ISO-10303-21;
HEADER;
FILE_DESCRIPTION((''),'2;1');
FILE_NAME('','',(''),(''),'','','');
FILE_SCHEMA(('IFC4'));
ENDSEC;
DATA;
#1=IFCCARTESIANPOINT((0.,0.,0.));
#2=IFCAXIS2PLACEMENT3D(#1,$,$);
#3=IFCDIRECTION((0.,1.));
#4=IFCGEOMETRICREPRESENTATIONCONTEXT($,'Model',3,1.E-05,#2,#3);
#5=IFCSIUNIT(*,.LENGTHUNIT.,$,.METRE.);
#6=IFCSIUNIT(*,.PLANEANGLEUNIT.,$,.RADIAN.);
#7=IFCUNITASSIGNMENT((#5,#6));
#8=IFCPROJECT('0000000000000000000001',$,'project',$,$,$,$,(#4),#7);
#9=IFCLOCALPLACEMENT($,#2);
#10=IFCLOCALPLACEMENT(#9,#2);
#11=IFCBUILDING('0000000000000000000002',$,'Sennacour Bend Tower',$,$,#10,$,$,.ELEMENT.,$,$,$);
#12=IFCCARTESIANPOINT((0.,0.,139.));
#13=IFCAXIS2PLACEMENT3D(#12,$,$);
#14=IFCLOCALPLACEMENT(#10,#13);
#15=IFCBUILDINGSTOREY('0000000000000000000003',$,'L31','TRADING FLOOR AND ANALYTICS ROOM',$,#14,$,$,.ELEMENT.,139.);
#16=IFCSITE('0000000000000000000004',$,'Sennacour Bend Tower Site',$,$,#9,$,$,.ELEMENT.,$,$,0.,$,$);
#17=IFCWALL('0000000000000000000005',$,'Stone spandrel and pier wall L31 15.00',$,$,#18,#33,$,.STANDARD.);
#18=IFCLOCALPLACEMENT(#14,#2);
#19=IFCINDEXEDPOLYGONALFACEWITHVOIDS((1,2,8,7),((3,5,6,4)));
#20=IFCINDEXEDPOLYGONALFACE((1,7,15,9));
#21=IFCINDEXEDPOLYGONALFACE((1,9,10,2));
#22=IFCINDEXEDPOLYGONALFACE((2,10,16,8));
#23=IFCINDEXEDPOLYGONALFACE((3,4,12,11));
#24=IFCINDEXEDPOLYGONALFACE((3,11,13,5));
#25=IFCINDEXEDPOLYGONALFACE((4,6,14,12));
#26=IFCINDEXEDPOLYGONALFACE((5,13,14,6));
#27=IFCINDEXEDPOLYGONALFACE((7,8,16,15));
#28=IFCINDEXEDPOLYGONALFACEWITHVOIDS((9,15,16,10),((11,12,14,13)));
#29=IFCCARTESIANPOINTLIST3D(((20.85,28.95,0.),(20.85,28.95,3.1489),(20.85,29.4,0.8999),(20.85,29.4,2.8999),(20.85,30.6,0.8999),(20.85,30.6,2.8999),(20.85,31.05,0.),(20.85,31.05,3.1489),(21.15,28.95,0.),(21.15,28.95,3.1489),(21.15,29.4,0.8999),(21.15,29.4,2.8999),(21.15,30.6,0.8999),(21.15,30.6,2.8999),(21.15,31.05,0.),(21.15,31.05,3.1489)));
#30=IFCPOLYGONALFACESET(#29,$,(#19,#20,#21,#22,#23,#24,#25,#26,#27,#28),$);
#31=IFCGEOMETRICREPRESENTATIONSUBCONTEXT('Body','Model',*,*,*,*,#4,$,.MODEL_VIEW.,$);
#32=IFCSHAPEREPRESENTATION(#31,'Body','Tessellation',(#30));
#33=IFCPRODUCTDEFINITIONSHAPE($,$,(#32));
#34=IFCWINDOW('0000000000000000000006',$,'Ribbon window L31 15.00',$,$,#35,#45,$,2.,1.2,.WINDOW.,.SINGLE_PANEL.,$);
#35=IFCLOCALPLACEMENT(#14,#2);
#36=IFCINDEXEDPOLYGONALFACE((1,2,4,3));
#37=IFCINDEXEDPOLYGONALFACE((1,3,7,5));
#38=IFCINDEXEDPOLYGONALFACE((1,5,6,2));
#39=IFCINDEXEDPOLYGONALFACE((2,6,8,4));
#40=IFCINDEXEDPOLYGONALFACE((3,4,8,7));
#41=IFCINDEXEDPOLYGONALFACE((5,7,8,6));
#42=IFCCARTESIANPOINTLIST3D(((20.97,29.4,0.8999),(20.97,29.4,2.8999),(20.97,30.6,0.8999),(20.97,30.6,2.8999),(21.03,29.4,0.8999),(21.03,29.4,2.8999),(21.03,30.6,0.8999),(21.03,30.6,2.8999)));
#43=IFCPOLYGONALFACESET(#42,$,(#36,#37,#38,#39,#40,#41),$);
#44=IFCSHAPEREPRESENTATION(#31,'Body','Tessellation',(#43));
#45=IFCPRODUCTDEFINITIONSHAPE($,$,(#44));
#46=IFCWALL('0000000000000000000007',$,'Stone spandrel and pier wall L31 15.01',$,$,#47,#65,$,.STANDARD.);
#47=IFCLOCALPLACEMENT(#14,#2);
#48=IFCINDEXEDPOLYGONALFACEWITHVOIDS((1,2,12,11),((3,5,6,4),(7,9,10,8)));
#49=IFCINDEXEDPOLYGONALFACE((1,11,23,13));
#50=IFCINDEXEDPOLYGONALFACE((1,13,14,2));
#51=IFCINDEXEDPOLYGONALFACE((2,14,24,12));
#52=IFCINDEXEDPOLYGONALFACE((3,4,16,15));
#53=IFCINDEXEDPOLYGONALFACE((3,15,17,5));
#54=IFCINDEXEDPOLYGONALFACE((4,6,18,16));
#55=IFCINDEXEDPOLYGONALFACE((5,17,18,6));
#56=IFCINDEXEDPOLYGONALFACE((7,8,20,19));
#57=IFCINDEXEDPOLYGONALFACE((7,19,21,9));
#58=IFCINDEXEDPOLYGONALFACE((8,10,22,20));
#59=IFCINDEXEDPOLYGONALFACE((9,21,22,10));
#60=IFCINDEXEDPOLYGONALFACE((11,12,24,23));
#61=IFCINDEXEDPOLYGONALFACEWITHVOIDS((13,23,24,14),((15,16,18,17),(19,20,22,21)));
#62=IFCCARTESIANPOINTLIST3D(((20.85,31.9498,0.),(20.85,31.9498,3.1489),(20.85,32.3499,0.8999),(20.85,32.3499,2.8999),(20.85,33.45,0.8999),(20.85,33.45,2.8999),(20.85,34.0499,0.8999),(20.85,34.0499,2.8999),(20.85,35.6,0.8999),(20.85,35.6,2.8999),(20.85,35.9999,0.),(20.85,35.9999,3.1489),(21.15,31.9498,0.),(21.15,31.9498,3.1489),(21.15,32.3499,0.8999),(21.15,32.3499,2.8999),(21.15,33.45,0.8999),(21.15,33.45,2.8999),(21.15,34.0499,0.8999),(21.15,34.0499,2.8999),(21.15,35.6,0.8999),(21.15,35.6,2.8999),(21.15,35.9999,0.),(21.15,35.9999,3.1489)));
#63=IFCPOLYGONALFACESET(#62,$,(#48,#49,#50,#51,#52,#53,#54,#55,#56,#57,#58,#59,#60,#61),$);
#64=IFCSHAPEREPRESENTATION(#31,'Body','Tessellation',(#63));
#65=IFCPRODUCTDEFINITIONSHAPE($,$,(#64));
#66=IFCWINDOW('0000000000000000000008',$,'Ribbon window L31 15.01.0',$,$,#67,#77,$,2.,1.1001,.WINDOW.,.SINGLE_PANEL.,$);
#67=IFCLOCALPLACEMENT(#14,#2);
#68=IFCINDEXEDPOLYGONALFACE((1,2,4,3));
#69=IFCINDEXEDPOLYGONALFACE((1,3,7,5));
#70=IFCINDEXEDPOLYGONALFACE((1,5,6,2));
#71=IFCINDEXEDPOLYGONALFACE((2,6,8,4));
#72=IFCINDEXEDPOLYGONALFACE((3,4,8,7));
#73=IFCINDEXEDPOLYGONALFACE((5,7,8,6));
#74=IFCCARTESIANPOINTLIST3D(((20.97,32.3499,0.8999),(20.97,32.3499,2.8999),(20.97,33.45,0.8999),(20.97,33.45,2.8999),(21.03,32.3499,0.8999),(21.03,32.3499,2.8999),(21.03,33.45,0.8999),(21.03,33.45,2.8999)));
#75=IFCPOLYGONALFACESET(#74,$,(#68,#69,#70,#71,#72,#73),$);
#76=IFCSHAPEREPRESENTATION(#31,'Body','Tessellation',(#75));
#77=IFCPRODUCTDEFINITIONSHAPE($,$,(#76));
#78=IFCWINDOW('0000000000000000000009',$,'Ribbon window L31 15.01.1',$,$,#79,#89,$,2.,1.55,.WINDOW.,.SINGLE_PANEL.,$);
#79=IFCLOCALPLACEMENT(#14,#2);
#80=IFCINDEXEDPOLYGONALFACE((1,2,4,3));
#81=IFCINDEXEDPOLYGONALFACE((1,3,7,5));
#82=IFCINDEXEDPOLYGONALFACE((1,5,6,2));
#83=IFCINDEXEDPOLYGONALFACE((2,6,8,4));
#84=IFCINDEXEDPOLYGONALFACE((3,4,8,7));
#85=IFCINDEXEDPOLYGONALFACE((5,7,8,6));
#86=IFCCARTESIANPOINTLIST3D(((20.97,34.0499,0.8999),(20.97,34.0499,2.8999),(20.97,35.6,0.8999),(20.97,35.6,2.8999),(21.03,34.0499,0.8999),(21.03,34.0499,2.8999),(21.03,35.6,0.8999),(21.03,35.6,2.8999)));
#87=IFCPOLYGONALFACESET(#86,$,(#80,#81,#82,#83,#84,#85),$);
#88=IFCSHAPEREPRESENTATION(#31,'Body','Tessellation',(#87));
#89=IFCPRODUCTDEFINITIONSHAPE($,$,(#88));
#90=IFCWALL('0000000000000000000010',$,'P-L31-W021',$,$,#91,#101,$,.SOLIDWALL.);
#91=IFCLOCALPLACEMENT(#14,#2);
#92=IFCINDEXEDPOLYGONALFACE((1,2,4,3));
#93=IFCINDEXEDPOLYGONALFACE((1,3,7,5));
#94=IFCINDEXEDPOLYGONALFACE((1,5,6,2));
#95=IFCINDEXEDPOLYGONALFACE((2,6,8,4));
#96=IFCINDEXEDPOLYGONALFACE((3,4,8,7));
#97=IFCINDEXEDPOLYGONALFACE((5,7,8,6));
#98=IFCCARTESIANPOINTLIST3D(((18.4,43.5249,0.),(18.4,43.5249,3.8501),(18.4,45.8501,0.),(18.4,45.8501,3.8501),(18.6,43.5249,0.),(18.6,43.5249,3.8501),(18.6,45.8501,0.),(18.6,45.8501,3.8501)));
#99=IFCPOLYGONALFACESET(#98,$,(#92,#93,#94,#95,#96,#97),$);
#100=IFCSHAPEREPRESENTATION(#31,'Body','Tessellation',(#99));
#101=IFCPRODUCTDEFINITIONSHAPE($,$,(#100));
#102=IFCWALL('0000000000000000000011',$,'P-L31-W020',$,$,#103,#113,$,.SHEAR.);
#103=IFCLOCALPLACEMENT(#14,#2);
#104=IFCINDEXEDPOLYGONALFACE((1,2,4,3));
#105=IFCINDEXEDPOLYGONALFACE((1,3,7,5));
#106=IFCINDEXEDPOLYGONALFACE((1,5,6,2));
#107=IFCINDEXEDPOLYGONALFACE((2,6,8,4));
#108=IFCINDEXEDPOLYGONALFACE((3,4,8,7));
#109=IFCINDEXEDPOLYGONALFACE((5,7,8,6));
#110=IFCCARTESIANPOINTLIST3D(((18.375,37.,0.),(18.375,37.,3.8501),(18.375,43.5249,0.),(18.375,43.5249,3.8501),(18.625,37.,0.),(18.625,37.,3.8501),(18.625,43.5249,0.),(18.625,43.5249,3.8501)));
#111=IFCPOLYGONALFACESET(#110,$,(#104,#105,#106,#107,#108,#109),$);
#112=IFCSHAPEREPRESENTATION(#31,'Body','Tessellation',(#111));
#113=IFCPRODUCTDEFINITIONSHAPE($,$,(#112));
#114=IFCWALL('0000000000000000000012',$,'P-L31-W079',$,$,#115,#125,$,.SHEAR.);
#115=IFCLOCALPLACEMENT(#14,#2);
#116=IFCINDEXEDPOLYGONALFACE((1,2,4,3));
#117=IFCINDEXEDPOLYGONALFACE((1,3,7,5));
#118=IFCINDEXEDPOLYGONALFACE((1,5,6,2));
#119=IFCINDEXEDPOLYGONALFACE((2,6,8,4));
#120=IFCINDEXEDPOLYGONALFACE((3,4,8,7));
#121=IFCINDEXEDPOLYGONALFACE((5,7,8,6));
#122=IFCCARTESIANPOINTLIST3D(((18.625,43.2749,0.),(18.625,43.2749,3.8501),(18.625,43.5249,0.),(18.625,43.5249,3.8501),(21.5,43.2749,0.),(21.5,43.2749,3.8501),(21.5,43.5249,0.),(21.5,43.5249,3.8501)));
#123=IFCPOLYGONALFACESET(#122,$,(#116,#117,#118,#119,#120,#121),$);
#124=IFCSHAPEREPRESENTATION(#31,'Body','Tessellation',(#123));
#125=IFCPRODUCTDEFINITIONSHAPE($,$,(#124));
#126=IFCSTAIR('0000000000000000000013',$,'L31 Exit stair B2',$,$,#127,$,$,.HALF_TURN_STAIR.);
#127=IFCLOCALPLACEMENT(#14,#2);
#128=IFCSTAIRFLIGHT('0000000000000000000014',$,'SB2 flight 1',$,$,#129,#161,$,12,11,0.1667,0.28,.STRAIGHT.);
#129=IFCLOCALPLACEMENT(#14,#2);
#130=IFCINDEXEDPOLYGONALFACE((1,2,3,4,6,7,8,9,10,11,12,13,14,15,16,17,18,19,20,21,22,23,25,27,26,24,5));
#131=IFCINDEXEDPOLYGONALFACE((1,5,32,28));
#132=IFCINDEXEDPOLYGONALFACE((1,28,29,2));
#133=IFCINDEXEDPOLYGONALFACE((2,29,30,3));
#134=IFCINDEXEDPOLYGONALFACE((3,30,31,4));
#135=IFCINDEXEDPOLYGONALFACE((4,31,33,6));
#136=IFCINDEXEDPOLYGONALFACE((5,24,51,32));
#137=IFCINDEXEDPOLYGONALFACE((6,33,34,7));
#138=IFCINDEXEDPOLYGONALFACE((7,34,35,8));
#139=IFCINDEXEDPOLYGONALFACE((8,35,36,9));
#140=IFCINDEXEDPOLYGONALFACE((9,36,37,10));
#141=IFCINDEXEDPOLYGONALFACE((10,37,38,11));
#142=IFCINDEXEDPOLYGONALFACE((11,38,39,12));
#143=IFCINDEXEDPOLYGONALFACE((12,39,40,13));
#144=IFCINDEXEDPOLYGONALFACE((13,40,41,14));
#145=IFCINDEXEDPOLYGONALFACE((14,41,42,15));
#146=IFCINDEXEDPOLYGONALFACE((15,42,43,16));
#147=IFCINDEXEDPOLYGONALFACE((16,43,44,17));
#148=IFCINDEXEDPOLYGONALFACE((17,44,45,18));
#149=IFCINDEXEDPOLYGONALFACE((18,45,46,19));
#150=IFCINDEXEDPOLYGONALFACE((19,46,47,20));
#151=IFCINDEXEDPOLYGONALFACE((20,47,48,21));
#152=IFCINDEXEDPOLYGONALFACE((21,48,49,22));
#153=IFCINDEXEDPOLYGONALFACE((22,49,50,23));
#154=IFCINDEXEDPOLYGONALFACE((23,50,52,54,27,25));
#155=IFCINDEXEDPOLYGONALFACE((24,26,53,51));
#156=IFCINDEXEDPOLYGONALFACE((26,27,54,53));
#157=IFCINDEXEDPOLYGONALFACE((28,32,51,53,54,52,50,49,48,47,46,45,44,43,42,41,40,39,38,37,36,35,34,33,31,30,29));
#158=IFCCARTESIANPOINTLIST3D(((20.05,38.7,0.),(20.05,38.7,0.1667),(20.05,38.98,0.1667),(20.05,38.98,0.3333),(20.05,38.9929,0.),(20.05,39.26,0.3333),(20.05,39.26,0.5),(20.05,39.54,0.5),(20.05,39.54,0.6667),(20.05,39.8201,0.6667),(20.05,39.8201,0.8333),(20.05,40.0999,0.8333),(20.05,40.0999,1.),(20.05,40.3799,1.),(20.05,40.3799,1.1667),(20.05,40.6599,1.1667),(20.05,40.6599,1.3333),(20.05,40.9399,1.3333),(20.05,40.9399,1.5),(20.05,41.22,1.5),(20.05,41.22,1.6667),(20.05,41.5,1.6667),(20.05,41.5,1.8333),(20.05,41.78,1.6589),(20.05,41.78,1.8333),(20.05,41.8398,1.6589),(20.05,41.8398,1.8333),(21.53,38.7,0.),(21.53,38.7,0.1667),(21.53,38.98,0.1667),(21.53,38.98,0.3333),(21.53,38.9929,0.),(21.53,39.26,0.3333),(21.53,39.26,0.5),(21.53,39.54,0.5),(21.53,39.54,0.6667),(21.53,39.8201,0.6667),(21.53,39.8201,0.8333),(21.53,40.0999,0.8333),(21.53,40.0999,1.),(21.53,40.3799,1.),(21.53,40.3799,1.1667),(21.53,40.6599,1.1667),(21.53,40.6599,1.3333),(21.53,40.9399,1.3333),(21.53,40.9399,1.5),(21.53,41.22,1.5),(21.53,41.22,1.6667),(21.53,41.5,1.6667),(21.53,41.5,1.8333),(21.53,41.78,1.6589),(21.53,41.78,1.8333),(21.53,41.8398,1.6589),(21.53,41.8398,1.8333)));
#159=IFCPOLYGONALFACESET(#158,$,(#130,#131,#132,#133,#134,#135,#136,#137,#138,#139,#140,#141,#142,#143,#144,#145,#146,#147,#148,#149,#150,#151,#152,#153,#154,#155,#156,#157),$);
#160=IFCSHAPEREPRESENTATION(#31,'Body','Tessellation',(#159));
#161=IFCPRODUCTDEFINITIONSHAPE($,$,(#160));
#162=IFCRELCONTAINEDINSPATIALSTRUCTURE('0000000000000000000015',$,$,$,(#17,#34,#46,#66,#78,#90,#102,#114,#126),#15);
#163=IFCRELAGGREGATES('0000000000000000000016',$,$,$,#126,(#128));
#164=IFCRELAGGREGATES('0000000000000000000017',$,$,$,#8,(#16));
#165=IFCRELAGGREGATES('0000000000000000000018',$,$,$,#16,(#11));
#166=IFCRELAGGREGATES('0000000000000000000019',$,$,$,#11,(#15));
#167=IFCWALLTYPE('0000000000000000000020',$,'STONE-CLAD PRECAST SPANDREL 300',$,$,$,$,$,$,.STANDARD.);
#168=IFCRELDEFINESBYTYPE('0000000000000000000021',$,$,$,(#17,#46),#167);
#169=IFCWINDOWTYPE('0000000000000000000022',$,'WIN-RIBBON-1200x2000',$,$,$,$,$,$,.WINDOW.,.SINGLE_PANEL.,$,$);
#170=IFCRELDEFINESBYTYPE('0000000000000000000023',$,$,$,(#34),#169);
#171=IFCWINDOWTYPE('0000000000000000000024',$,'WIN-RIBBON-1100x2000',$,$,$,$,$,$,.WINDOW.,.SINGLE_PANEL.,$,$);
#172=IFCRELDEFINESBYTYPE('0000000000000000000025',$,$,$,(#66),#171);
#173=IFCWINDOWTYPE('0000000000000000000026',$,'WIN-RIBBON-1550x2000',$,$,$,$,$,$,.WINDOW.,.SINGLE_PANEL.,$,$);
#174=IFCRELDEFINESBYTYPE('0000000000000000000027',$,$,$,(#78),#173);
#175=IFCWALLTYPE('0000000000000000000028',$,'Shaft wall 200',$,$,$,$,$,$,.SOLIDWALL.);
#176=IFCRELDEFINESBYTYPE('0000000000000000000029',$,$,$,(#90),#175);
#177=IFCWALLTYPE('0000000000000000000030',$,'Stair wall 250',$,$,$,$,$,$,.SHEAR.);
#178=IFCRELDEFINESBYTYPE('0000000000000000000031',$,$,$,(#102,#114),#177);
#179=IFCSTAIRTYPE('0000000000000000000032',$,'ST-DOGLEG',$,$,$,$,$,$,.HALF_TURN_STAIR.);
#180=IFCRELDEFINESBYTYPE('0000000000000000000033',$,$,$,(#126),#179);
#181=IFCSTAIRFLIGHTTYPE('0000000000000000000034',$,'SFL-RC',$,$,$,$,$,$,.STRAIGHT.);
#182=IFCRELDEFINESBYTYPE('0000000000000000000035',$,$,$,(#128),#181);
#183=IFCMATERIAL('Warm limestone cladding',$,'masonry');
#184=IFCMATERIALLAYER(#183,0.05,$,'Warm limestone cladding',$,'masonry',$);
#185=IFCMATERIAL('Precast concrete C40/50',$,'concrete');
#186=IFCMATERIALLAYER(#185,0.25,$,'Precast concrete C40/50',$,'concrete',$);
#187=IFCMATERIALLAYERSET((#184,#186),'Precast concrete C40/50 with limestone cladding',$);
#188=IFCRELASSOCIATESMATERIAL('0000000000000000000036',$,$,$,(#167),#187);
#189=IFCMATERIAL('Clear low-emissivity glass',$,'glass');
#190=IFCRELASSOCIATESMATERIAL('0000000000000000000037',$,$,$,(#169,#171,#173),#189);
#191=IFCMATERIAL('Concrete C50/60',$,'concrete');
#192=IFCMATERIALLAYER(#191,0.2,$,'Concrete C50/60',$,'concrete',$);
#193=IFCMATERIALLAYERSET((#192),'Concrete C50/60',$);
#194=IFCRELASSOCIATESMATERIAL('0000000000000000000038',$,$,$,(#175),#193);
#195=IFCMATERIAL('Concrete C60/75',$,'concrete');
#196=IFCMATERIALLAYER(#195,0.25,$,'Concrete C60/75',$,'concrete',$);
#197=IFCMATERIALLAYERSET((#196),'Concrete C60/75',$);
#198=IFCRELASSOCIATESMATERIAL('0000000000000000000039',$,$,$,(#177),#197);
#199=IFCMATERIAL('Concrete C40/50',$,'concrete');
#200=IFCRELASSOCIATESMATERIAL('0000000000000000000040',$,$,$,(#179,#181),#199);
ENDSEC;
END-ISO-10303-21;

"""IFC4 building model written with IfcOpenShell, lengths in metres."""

from ifc_helpers import new_model, si_unit, direction, frame, frame_2d, origin, place, context, subcontext, project, spatial, polyline, rectangle, outline, extrude, material, layer, layer_set, type_object, element, fill, aggregate, save


model = new_model("IFC4")

# Units and contexts
model_context = context("Model", 3, precision=1e-05, world=origin(), true_north=direction((0.0, 1.0)))
body_context = subcontext(model_context, "Body", "Model", "MODEL_VIEW")
ifc_project = project(units=[si_unit("LENGTHUNIT", "METRE"), si_unit("PLANEANGLEUNIT", "RADIAN")], contexts=[model_context])

# Site, building, storey
site_placement = place(None, origin())
site = spatial("IfcSite", under=ifc_project, at=site_placement, Name="Sennacour Bend Tower Site", CompositionType="ELEMENT", RefElevation=0.0)
building_placement = place(site_placement, origin())
building = spatial("IfcBuilding", under=site, at=building_placement, Name="Sennacour Bend Tower", CompositionType="ELEMENT")
storey_placement = place(building_placement, frame((0.0, 0.0, 139.0)))
storey = spatial("IfcBuildingStorey", under=building, at=storey_placement, Name="L31", Description="TRADING FLOOR AND ANALYTICS ROOM", CompositionType="ELEMENT", Elevation=139.0)

# Wall, opening, window
ifc_material_1 = material(Name="Warm limestone cladding", Category="masonry")
ifc_layer_1 = layer(ifc_material_1, 0.05, Name="Warm limestone cladding", Category="masonry")
ifc_material_2 = material(Name="Precast concrete C40/50", Category="concrete")
ifc_layer_2 = layer(ifc_material_2, 0.25, Name="Precast concrete C40/50", Category="concrete")
ifc_layer_set_1 = layer_set([ifc_layer_1, ifc_layer_2], Name="Precast concrete C40/50 with limestone cladding")
wall_type_1 = type_object("IfcWallType", Name="STONE-CLAD PRECAST SPANDREL 300", PredefinedType="STANDARD", material=ifc_layer_set_1)
wall_1_placement = place(storey_placement, frame((21.0, 28.95, 0.0), z_axis=(0.0, 0.0, 1.0), x_axis=(0.0, 1.0, 0.0)))
wall_1 = element("IfcWall", 1, at=wall_1_placement, inside=storey, type_object=wall_type_1, Name="Stone spandrel and pier wall L31 15.00", PredefinedType="STANDARD", context=body_context, shape_type="SweptSolid", body=[
    extrude(rectangle(XDim=2.1001, YDim=0.3, at=frame_2d((1.05, 0.0))), origin(), (0.0, 0.0, 1.0), 3.1489),
])
opening_1_placement = place(wall_1_placement, frame((0.45, 0.0, 0.8999)))
opening_1 = element("IfcOpeningElement", 2, at=opening_1_placement, cuts=wall_1, PredefinedType="OPENING", context=body_context, shape_type="SweptSolid", body=[
    extrude(rectangle(XDim=1.2, YDim=2.0, at=frame_2d((0.6001, 1.0))), frame((0.0, 0.1602, 0.0), z_axis=(0.0, -1.0, 0.0), x_axis=(1.0, 0.0, 0.0)), (0.0, 0.0, 1.0), 0.3201),
])
ifc_material_3 = material(Name="Clear low-emissivity glass", Category="glass")
window_type_1 = type_object("IfcWindowType", Name="WIN-RIBBON-1200x2000", PartitioningType="SINGLE_PANEL", PredefinedType="WINDOW", material=ifc_material_3)
window_1_placement = place(opening_1_placement, origin())
window_1 = element("IfcWindow", 3, at=window_1_placement, inside=storey, type_object=window_type_1, Name="Ribbon window L31 15.00", OverallHeight=2.0, OverallWidth=1.2, PartitioningType="SINGLE_PANEL", PredefinedType="WINDOW", context=body_context, shape_type="SweptSolid", body=[
    extrude(rectangle(XDim=1.2, YDim=2.0, at=frame_2d((0.6001, 1.0))), frame((0.0, 0.03, 0.0), z_axis=(0.0, -1.0, 0.0), x_axis=(1.0, 0.0, 0.0)), (0.0, 0.0, 1.0), 0.0601),
])
fill(opening_1, window_1)

# Wall, openings, windows
wall_2_placement = place(storey_placement, frame((21.0, 31.95, 0.0), z_axis=(0.0, 0.0, 1.0), x_axis=(0.0, 1.0, 0.0)))
wall_2 = element("IfcWall", 4, at=wall_2_placement, inside=storey, type_object=wall_type_1, Name="Stone spandrel and pier wall L31 15.01", PredefinedType="STANDARD", context=body_context, shape_type="SweptSolid", body=[
    extrude(rectangle(XDim=4.05, YDim=0.3, at=frame_2d((2.0249, 0.0))), origin(), (0.0, 0.0, 1.0), 3.1489),
])
opening_2_placement = place(wall_2_placement, frame((0.3999, 0.0, 0.8999)))
opening_2 = element("IfcOpeningElement", 5, at=opening_2_placement, cuts=wall_2, PredefinedType="OPENING", context=body_context, shape_type="SweptSolid", body=[
    extrude(rectangle(XDim=1.1001, YDim=2.0, at=frame_2d((0.55, 1.0))), frame((0.0, 0.1602, 0.0), z_axis=(0.0, -1.0, 0.0), x_axis=(1.0, 0.0, 0.0)), (0.0, 0.0, 1.0), 0.3201),
])
opening_3_placement = place(wall_2_placement, frame((2.1001, 0.0, 0.8999)))
opening_3 = element("IfcOpeningElement", 6, at=opening_3_placement, cuts=wall_2, PredefinedType="OPENING", context=body_context, shape_type="SweptSolid", body=[
    extrude(rectangle(XDim=1.55, YDim=2.0, at=frame_2d((0.7749, 1.0))), frame((0.0, 0.1602, 0.0), z_axis=(0.0, -1.0, 0.0), x_axis=(1.0, 0.0, 0.0)), (0.0, 0.0, 1.0), 0.3201),
])
window_type_2 = type_object("IfcWindowType", Name="WIN-RIBBON-1100x2000", PartitioningType="SINGLE_PANEL", PredefinedType="WINDOW", material=ifc_material_3)
window_2_placement = place(opening_2_placement, origin())
window_2 = element("IfcWindow", 7, at=window_2_placement, inside=storey, type_object=window_type_2, Name="Ribbon window L31 15.01.0", OverallHeight=2.0, OverallWidth=1.1001, PartitioningType="SINGLE_PANEL", PredefinedType="WINDOW", context=body_context, shape_type="SweptSolid", body=[
    extrude(rectangle(XDim=1.1001, YDim=2.0, at=frame_2d((0.55, 1.0))), frame((0.0, 0.03, 0.0), z_axis=(0.0, -1.0, 0.0), x_axis=(1.0, 0.0, 0.0)), (0.0, 0.0, 1.0), 0.0601),
])
fill(opening_2, window_2)
window_type_3 = type_object("IfcWindowType", Name="WIN-RIBBON-1550x2000", PartitioningType="SINGLE_PANEL", PredefinedType="WINDOW", material=ifc_material_3)
window_3_placement = place(opening_3_placement, origin())
window_3 = element("IfcWindow", 8, at=window_3_placement, inside=storey, type_object=window_type_3, Name="Ribbon window L31 15.01.1", OverallHeight=2.0, OverallWidth=1.55, PartitioningType="SINGLE_PANEL", PredefinedType="WINDOW", context=body_context, shape_type="SweptSolid", body=[
    extrude(rectangle(XDim=1.55, YDim=2.0, at=frame_2d((0.7749, 1.0))), frame((0.0, 0.03, 0.0), z_axis=(0.0, -1.0, 0.0), x_axis=(1.0, 0.0, 0.0)), (0.0, 0.0, 1.0), 0.0601),
])
fill(opening_3, window_3)

# Walls
ifc_material_4 = material(Name="Concrete C50/60", Category="concrete")
ifc_layer_3 = layer(ifc_material_4, 0.2, Name="Concrete C50/60", Category="concrete")
ifc_layer_set_2 = layer_set([ifc_layer_3], Name="Concrete C50/60")
wall_type_2 = type_object("IfcWallType", Name="Shaft wall 200", PredefinedType="SOLIDWALL", material=ifc_layer_set_2)
wall_3_placement = place(storey_placement, frame((18.5, 43.5249, 0.0), z_axis=(0.0, 0.0, 1.0), x_axis=(0.0, 1.0, 0.0)))
element("IfcWall", 9, at=wall_3_placement, inside=storey, type_object=wall_type_2, Name="P-L31-W021", PredefinedType="SOLIDWALL", context=body_context, shape_type="SweptSolid", body=[
    extrude(rectangle(XDim=2.3252, YDim=0.2, at=frame_2d((1.1626, 0.0))), origin(), (0.0, 0.0, 1.0), 3.8501),
])
ifc_material_5 = material(Name="Concrete C60/75", Category="concrete")
ifc_layer_4 = layer(ifc_material_5, 0.25, Name="Concrete C60/75", Category="concrete")
ifc_layer_set_3 = layer_set([ifc_layer_4], Name="Concrete C60/75")
wall_type_3 = type_object("IfcWallType", Name="Stair wall 250", PredefinedType="SHEAR", material=ifc_layer_set_3)
wall_4_placement = place(storey_placement, frame((18.5, 37.0, 0.0), z_axis=(0.0, 0.0, 1.0), x_axis=(0.0, 1.0, 0.0)))
element("IfcWall", 10, at=wall_4_placement, inside=storey, type_object=wall_type_3, Name="P-L31-W020", PredefinedType="SHEAR", context=body_context, shape_type="SweptSolid", body=[
    extrude(rectangle(XDim=6.5249, YDim=0.25, at=frame_2d((3.2625, 0.0))), origin(), (0.0, 0.0, 1.0), 3.8501),
])
wall_5_placement = place(storey_placement, frame((18.625, 43.3999, 0.0), z_axis=(0.0, 0.0, 1.0), x_axis=(1.0, 0.0, 0.0)))
element("IfcWall", 11, at=wall_5_placement, inside=storey, type_object=wall_type_3, Name="P-L31-W079", PredefinedType="SHEAR", context=body_context, shape_type="SweptSolid", body=[
    extrude(rectangle(XDim=2.875, YDim=0.25, at=frame_2d((1.4375, 0.0))), origin(), (0.0, 0.0, 1.0), 3.8501),
])

# Stair, stair flight
ifc_material_6 = material(Name="Concrete C40/50", Category="concrete")
stair_type = type_object("IfcStairType", Name="ST-DOGLEG", PredefinedType="HALF_TURN_STAIR", material=ifc_material_6)
stair_placement = place(storey_placement, origin())
stair = element("IfcStair", 12, at=stair_placement, inside=storey, type_object=stair_type, Name="L31 Exit stair B2", PredefinedType="HALF_TURN_STAIR")
stair_flight_type = type_object("IfcStairFlightType", Name="SFL-RC", PredefinedType="STRAIGHT", material=ifc_material_6)
stair_flight_1_placement = place(storey_placement, frame((20.79, 38.7, 0.0), z_axis=(0.0, 0.0, 1.0), x_axis=(0.0, 1.0, 0.0)))
stair_flight_1 = element("IfcStairFlight", 13, at=stair_flight_1_placement, type_object=stair_flight_type, Name="SB2 flight 1", NumberOfRisers=12, NumberOfTreads=11, PredefinedType="STRAIGHT", RiserHeight=0.1667, TreadLength=0.28, context=body_context, shape_type="SweptSolid", body=[
    extrude(outline(polyline([(0.0, 0.0), (0.0, 0.1667), (0.28, 0.1667), (0.28, 0.3333), (0.5601, 0.3333), (0.5601, 0.5), (0.8401, 0.5), (0.8401, 0.6667), (1.1201, 0.6667), (1.1201, 0.8333), (1.3999, 0.8333), (1.3999, 1.0), (1.6799, 1.0), (1.6799, 1.1667), (1.96, 1.1667), (1.96, 1.3333), (2.24, 1.3333), (2.24, 1.5), (2.52, 1.5), (2.52, 1.6667), (2.8, 1.6667), (2.8, 1.8333), (3.0801, 1.8333), (3.1399, 1.8333), (3.1399, 1.6589), (3.0801, 1.6589), (0.293, 0.0), (0.0, 0.0)])), frame((0.0, 0.74, 0.0), z_axis=(0.0, -1.0, 0.0), x_axis=(1.0, 0.0, 0.0)), (0.0, 0.0, 1.0), 1.48),
])
aggregate(stair, [stair_flight_1])

save(model, "model.ifc")
